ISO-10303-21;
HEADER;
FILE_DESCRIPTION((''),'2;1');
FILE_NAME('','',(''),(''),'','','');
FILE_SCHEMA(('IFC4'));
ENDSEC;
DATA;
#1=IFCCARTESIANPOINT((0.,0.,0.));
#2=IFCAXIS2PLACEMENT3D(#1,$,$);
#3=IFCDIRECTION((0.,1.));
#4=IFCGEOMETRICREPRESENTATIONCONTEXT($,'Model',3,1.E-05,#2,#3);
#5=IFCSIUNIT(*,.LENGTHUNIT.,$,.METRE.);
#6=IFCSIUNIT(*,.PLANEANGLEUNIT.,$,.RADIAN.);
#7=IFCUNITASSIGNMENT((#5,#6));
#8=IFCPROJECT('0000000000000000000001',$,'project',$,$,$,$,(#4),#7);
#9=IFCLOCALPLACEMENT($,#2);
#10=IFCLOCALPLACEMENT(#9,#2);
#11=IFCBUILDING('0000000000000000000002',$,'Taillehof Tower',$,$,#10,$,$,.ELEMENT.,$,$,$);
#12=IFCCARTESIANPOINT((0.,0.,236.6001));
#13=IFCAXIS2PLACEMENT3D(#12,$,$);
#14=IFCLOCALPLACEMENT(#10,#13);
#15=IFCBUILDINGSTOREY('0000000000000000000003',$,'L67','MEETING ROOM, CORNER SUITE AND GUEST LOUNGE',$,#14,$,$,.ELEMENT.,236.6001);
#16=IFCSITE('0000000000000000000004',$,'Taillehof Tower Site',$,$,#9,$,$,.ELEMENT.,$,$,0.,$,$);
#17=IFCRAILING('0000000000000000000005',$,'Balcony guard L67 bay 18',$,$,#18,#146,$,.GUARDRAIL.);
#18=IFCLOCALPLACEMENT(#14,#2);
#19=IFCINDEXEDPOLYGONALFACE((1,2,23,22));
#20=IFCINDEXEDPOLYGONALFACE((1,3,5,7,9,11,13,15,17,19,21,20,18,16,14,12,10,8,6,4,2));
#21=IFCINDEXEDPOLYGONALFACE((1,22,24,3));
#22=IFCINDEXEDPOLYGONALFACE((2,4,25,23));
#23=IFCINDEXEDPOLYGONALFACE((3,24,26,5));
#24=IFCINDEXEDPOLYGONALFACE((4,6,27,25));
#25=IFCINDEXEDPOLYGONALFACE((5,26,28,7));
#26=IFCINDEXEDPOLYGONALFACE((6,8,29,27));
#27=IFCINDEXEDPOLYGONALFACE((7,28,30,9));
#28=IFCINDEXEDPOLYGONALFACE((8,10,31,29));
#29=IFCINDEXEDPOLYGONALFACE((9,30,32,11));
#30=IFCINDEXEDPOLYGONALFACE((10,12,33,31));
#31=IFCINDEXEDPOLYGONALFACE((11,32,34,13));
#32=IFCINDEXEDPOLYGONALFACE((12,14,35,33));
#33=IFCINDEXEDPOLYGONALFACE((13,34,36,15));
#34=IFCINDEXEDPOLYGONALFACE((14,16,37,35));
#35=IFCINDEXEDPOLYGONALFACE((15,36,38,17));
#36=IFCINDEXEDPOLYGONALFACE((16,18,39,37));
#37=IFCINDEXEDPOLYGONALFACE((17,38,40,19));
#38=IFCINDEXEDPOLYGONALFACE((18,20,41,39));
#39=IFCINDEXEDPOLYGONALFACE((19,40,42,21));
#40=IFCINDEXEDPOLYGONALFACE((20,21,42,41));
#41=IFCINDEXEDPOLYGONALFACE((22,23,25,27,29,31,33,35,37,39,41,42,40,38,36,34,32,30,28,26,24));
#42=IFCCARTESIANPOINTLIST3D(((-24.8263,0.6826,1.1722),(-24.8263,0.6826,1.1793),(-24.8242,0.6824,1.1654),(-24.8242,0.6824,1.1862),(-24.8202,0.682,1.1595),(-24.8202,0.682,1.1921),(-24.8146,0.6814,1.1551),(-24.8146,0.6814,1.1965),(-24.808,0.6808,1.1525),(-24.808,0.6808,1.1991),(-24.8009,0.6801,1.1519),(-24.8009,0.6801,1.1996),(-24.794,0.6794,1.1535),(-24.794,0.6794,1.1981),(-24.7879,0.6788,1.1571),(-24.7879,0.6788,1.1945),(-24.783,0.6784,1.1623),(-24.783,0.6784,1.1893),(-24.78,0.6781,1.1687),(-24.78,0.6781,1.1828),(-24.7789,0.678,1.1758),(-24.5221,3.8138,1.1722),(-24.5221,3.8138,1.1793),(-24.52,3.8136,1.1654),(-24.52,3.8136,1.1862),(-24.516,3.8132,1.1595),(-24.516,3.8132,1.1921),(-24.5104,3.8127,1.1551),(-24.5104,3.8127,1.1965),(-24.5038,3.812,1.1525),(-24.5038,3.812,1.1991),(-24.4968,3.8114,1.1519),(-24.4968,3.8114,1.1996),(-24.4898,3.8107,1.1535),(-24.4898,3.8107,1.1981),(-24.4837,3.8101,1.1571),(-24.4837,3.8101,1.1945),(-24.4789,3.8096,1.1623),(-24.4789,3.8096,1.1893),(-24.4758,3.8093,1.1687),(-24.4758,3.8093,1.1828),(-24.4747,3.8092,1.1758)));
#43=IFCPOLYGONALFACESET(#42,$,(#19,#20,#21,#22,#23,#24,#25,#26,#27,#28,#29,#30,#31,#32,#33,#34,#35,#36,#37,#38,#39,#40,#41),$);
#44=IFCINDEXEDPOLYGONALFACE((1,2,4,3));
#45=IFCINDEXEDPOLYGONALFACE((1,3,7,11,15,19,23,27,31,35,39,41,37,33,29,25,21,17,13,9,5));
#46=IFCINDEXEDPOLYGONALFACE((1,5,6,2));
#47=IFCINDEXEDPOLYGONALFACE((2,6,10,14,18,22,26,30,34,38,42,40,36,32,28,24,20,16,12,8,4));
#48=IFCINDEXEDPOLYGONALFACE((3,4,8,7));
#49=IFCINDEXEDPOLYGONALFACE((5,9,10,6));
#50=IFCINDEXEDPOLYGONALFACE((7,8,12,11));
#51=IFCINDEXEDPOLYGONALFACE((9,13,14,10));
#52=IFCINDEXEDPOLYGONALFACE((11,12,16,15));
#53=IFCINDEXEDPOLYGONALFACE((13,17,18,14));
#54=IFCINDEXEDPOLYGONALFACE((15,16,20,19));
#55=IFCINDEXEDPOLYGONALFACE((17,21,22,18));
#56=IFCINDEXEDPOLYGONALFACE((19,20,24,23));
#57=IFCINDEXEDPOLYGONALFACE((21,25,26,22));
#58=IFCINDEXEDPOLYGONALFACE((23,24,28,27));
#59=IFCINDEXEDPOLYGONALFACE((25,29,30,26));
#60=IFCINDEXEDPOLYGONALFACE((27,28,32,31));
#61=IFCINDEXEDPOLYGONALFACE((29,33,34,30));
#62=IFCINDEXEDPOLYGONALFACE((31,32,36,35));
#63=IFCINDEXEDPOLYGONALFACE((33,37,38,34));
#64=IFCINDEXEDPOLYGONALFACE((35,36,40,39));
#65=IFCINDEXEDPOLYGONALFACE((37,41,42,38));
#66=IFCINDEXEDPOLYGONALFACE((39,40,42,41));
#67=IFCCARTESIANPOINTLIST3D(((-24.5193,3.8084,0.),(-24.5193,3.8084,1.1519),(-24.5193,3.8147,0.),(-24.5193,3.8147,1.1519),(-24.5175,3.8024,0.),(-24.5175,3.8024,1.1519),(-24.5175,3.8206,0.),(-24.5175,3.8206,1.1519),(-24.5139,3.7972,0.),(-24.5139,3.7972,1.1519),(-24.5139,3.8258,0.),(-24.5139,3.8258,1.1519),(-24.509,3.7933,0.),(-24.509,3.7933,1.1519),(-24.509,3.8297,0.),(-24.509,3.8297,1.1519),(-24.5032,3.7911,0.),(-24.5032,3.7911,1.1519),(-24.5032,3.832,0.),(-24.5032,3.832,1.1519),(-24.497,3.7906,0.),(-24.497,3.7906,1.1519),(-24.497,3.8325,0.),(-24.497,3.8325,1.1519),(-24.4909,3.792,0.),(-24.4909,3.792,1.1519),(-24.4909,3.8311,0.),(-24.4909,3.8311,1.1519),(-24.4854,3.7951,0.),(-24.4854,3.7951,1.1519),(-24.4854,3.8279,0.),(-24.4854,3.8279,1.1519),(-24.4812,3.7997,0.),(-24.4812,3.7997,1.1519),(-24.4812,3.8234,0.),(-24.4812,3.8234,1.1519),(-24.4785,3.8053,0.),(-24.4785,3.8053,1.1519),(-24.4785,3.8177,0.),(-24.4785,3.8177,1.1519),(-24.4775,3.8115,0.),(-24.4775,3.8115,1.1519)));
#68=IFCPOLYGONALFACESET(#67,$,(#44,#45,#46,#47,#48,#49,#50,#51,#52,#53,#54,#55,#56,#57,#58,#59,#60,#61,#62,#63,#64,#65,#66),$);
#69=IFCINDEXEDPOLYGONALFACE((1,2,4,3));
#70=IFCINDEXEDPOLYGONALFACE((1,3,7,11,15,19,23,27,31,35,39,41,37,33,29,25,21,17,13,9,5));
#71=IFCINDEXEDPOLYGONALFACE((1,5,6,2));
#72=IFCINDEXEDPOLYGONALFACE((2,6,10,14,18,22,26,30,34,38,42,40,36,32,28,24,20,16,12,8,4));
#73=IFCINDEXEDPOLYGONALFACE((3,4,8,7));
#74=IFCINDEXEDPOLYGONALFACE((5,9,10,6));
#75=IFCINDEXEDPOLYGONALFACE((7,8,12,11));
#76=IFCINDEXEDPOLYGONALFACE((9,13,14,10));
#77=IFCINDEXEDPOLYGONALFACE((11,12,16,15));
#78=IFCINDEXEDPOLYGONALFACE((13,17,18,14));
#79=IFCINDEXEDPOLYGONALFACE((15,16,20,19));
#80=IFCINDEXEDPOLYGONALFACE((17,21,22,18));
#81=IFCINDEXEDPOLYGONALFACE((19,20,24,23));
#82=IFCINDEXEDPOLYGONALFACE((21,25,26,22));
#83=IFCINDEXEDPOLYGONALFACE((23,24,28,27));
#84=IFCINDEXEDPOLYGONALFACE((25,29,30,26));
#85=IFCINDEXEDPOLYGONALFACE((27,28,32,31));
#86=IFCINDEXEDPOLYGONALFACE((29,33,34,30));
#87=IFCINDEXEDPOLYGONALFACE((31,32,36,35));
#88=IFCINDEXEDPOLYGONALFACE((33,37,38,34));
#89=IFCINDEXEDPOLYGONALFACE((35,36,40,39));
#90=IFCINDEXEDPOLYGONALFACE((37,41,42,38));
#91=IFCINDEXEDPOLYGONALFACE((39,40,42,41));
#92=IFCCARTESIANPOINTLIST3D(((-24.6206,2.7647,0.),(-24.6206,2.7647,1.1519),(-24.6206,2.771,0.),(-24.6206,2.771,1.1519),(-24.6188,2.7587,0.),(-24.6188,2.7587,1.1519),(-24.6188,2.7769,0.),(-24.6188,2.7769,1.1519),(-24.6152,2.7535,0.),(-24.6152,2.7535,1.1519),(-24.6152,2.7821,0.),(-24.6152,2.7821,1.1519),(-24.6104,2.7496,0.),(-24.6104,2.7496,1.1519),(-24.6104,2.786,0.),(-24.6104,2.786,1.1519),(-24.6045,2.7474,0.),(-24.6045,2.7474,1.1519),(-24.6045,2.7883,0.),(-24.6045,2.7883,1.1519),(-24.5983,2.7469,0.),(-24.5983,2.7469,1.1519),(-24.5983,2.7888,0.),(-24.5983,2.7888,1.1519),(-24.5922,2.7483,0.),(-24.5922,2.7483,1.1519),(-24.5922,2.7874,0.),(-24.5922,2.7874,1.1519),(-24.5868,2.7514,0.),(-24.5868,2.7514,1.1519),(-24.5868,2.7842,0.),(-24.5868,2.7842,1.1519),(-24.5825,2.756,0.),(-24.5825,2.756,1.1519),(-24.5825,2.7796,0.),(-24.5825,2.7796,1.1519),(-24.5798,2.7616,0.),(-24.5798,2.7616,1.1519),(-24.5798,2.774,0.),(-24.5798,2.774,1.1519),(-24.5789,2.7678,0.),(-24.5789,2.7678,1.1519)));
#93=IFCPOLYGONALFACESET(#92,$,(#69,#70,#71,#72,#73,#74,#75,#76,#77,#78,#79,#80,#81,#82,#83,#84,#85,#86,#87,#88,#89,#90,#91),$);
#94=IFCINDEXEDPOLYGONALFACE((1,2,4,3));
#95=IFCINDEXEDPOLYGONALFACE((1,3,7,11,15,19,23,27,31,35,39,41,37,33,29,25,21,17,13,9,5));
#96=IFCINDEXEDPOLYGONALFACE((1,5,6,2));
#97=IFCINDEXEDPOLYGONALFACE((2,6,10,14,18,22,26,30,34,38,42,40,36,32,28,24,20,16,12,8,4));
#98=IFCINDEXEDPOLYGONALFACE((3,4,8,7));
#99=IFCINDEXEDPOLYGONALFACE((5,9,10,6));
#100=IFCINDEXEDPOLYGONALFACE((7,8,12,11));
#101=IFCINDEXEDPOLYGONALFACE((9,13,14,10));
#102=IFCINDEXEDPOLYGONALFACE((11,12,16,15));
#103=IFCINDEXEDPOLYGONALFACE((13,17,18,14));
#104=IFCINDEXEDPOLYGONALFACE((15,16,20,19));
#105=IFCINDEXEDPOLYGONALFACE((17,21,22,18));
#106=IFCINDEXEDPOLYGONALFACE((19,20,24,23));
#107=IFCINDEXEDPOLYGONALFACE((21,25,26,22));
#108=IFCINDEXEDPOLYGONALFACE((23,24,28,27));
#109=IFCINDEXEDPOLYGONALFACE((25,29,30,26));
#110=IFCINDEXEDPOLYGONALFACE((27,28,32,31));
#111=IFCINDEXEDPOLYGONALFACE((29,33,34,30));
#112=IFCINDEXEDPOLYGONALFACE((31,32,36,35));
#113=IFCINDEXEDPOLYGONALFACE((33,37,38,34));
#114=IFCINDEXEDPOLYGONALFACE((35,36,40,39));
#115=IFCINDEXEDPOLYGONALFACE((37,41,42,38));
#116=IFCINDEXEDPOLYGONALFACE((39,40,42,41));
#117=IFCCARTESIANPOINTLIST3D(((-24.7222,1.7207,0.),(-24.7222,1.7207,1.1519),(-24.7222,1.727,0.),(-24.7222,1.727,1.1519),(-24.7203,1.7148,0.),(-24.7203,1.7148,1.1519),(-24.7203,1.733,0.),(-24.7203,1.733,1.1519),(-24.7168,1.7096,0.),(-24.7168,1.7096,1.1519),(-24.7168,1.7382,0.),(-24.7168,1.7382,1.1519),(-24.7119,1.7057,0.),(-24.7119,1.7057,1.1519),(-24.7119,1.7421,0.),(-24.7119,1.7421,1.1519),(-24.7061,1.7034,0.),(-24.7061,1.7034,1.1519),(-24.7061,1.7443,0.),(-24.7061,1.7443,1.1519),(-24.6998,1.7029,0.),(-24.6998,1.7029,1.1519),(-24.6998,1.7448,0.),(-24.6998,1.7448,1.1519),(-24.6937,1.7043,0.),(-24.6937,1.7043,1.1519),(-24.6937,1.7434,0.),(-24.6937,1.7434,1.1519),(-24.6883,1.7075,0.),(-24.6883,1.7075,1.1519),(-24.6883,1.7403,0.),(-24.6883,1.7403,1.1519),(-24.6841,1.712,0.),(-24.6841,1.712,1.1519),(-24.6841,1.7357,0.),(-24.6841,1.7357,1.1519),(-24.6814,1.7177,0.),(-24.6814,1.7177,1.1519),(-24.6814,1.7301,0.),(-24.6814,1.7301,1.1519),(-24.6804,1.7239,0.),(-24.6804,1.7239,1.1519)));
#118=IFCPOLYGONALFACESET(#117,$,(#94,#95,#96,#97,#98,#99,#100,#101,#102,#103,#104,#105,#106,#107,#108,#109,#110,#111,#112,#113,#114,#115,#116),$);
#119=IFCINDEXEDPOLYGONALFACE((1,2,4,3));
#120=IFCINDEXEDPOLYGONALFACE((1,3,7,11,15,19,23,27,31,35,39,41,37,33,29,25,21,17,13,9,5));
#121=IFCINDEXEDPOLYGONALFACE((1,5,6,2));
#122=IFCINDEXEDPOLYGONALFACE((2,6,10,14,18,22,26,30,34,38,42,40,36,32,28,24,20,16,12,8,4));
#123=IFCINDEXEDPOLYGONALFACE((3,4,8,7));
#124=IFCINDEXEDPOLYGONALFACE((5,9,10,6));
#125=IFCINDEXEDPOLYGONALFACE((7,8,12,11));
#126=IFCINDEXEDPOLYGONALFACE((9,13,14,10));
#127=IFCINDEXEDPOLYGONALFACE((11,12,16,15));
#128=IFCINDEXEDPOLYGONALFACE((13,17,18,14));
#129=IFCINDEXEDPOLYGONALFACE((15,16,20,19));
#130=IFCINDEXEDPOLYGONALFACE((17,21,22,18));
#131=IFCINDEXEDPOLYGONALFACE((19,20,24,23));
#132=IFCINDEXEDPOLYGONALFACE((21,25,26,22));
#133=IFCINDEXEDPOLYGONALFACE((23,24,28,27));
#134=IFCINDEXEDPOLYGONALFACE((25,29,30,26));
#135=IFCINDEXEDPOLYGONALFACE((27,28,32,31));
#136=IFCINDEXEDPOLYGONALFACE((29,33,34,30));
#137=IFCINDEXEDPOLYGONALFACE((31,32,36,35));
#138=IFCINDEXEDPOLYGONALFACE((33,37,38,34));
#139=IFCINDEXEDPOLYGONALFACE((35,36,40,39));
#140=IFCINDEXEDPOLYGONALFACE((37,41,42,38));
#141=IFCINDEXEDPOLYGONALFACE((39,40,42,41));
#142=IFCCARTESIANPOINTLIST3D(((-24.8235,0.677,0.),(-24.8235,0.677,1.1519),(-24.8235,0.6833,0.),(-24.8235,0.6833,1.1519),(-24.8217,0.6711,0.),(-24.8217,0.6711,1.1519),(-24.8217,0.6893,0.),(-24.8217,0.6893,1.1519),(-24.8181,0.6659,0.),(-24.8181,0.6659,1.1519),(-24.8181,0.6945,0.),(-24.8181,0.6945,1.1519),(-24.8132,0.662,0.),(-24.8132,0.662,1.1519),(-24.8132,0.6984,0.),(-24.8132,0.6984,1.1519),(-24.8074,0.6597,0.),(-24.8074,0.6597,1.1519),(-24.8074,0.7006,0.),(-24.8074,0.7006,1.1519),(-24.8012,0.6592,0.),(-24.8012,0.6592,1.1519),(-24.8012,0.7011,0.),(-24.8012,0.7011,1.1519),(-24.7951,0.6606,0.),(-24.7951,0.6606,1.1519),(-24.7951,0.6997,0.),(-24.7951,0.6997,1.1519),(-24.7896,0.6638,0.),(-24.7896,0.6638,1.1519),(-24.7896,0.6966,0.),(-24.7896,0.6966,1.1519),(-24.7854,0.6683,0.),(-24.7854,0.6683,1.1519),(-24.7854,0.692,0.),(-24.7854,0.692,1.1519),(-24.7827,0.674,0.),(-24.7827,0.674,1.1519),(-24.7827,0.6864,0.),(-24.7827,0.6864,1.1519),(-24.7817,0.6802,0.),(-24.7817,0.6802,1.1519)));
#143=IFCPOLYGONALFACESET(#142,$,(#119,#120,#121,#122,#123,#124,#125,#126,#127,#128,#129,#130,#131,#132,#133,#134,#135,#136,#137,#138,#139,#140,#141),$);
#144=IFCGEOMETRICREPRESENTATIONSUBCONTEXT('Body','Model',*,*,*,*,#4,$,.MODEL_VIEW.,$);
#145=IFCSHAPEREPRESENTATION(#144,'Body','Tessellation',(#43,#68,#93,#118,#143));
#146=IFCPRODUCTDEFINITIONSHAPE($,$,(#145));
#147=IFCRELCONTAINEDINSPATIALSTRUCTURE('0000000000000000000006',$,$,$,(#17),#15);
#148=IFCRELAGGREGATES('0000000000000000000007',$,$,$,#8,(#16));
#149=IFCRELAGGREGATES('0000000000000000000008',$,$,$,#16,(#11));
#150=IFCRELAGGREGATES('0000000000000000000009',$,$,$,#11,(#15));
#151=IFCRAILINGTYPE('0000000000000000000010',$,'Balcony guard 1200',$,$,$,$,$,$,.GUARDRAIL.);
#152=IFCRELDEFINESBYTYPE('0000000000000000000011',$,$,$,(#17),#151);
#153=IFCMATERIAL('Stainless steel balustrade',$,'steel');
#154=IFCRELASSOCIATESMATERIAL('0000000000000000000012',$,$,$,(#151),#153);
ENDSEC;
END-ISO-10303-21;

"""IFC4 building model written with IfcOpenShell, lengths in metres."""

from ifc_helpers import new_model, si_unit, direction, frame, origin, origin_2d, place, context, subcontext, project, spatial, circle, extrude, material, type_object, element, save


model = new_model("IFC4")

# Units and contexts
model_context = context("Model", 3, precision=1e-05, world=origin(), true_north=direction((0.0, 1.0)))
body_context = subcontext(model_context, "Body", "Model", "MODEL_VIEW")
ifc_project = project(units=[si_unit("LENGTHUNIT", "METRE"), si_unit("PLANEANGLEUNIT", "RADIAN")], contexts=[model_context])

# Site, building, storey
site_placement = place(None, origin())
site = spatial("IfcSite", under=ifc_project, at=site_placement, Name="Taillehof Tower Site", CompositionType="ELEMENT", RefElevation=0.0)
building_placement = place(site_placement, origin())
building = spatial("IfcBuilding", under=site, at=building_placement, Name="Taillehof Tower", CompositionType="ELEMENT")
storey_placement = place(building_placement, frame((0.0, 0.0, 236.6001)))
storey = spatial("IfcBuildingStorey", under=building, at=storey_placement, Name="L67", Description="MEETING ROOM, CORNER SUITE AND GUEST LOUNGE", CompositionType="ELEMENT", Elevation=236.6001)

# Railing
ifc_material_1 = material(Name="Stainless steel balustrade", Category="steel")
railing_type = type_object("IfcRailingType", Name="Balcony guard 1200", PredefinedType="GUARDRAIL", material=ifc_material_1)
railing_placement = place(storey_placement, frame((-24.4985, 3.8115, 0.0)))
element("IfcRailing", 1, at=railing_placement, inside=storey, type_object=railing_type, Name="Balcony guard L67 bay 18", PredefinedType="GUARDRAIL", context=body_context, shape_type="SweptSolid", body=[
    extrude(circle(Radius=0.0239, at=origin_2d()), frame((0.0, 0.0, 1.1758), z_axis=(-0.096691, -0.995314, 0.0), x_axis=(0.995314, -0.096691, 0.0)), (0.0, 0.0, 1.0), 3.146),
    extrude(circle(Radius=0.021, at=origin_2d()), origin(), (0.0, 0.0, 1.0), 1.1519),
    extrude(circle(Radius=0.021, at=origin_2d()), frame((-0.1013, -1.0437, 0.0)), (0.0, 0.0, 1.0), 1.1519),
    extrude(circle(Radius=0.021, at=origin_2d()), frame((-0.2029, -2.0876, 0.0)), (0.0, 0.0, 1.0), 1.1519),
    extrude(circle(Radius=0.021, at=origin_2d()), frame((-0.3042, -3.1313, 0.0)), (0.0, 0.0, 1.0), 1.1519),
])

save(model, "model.ifc")
